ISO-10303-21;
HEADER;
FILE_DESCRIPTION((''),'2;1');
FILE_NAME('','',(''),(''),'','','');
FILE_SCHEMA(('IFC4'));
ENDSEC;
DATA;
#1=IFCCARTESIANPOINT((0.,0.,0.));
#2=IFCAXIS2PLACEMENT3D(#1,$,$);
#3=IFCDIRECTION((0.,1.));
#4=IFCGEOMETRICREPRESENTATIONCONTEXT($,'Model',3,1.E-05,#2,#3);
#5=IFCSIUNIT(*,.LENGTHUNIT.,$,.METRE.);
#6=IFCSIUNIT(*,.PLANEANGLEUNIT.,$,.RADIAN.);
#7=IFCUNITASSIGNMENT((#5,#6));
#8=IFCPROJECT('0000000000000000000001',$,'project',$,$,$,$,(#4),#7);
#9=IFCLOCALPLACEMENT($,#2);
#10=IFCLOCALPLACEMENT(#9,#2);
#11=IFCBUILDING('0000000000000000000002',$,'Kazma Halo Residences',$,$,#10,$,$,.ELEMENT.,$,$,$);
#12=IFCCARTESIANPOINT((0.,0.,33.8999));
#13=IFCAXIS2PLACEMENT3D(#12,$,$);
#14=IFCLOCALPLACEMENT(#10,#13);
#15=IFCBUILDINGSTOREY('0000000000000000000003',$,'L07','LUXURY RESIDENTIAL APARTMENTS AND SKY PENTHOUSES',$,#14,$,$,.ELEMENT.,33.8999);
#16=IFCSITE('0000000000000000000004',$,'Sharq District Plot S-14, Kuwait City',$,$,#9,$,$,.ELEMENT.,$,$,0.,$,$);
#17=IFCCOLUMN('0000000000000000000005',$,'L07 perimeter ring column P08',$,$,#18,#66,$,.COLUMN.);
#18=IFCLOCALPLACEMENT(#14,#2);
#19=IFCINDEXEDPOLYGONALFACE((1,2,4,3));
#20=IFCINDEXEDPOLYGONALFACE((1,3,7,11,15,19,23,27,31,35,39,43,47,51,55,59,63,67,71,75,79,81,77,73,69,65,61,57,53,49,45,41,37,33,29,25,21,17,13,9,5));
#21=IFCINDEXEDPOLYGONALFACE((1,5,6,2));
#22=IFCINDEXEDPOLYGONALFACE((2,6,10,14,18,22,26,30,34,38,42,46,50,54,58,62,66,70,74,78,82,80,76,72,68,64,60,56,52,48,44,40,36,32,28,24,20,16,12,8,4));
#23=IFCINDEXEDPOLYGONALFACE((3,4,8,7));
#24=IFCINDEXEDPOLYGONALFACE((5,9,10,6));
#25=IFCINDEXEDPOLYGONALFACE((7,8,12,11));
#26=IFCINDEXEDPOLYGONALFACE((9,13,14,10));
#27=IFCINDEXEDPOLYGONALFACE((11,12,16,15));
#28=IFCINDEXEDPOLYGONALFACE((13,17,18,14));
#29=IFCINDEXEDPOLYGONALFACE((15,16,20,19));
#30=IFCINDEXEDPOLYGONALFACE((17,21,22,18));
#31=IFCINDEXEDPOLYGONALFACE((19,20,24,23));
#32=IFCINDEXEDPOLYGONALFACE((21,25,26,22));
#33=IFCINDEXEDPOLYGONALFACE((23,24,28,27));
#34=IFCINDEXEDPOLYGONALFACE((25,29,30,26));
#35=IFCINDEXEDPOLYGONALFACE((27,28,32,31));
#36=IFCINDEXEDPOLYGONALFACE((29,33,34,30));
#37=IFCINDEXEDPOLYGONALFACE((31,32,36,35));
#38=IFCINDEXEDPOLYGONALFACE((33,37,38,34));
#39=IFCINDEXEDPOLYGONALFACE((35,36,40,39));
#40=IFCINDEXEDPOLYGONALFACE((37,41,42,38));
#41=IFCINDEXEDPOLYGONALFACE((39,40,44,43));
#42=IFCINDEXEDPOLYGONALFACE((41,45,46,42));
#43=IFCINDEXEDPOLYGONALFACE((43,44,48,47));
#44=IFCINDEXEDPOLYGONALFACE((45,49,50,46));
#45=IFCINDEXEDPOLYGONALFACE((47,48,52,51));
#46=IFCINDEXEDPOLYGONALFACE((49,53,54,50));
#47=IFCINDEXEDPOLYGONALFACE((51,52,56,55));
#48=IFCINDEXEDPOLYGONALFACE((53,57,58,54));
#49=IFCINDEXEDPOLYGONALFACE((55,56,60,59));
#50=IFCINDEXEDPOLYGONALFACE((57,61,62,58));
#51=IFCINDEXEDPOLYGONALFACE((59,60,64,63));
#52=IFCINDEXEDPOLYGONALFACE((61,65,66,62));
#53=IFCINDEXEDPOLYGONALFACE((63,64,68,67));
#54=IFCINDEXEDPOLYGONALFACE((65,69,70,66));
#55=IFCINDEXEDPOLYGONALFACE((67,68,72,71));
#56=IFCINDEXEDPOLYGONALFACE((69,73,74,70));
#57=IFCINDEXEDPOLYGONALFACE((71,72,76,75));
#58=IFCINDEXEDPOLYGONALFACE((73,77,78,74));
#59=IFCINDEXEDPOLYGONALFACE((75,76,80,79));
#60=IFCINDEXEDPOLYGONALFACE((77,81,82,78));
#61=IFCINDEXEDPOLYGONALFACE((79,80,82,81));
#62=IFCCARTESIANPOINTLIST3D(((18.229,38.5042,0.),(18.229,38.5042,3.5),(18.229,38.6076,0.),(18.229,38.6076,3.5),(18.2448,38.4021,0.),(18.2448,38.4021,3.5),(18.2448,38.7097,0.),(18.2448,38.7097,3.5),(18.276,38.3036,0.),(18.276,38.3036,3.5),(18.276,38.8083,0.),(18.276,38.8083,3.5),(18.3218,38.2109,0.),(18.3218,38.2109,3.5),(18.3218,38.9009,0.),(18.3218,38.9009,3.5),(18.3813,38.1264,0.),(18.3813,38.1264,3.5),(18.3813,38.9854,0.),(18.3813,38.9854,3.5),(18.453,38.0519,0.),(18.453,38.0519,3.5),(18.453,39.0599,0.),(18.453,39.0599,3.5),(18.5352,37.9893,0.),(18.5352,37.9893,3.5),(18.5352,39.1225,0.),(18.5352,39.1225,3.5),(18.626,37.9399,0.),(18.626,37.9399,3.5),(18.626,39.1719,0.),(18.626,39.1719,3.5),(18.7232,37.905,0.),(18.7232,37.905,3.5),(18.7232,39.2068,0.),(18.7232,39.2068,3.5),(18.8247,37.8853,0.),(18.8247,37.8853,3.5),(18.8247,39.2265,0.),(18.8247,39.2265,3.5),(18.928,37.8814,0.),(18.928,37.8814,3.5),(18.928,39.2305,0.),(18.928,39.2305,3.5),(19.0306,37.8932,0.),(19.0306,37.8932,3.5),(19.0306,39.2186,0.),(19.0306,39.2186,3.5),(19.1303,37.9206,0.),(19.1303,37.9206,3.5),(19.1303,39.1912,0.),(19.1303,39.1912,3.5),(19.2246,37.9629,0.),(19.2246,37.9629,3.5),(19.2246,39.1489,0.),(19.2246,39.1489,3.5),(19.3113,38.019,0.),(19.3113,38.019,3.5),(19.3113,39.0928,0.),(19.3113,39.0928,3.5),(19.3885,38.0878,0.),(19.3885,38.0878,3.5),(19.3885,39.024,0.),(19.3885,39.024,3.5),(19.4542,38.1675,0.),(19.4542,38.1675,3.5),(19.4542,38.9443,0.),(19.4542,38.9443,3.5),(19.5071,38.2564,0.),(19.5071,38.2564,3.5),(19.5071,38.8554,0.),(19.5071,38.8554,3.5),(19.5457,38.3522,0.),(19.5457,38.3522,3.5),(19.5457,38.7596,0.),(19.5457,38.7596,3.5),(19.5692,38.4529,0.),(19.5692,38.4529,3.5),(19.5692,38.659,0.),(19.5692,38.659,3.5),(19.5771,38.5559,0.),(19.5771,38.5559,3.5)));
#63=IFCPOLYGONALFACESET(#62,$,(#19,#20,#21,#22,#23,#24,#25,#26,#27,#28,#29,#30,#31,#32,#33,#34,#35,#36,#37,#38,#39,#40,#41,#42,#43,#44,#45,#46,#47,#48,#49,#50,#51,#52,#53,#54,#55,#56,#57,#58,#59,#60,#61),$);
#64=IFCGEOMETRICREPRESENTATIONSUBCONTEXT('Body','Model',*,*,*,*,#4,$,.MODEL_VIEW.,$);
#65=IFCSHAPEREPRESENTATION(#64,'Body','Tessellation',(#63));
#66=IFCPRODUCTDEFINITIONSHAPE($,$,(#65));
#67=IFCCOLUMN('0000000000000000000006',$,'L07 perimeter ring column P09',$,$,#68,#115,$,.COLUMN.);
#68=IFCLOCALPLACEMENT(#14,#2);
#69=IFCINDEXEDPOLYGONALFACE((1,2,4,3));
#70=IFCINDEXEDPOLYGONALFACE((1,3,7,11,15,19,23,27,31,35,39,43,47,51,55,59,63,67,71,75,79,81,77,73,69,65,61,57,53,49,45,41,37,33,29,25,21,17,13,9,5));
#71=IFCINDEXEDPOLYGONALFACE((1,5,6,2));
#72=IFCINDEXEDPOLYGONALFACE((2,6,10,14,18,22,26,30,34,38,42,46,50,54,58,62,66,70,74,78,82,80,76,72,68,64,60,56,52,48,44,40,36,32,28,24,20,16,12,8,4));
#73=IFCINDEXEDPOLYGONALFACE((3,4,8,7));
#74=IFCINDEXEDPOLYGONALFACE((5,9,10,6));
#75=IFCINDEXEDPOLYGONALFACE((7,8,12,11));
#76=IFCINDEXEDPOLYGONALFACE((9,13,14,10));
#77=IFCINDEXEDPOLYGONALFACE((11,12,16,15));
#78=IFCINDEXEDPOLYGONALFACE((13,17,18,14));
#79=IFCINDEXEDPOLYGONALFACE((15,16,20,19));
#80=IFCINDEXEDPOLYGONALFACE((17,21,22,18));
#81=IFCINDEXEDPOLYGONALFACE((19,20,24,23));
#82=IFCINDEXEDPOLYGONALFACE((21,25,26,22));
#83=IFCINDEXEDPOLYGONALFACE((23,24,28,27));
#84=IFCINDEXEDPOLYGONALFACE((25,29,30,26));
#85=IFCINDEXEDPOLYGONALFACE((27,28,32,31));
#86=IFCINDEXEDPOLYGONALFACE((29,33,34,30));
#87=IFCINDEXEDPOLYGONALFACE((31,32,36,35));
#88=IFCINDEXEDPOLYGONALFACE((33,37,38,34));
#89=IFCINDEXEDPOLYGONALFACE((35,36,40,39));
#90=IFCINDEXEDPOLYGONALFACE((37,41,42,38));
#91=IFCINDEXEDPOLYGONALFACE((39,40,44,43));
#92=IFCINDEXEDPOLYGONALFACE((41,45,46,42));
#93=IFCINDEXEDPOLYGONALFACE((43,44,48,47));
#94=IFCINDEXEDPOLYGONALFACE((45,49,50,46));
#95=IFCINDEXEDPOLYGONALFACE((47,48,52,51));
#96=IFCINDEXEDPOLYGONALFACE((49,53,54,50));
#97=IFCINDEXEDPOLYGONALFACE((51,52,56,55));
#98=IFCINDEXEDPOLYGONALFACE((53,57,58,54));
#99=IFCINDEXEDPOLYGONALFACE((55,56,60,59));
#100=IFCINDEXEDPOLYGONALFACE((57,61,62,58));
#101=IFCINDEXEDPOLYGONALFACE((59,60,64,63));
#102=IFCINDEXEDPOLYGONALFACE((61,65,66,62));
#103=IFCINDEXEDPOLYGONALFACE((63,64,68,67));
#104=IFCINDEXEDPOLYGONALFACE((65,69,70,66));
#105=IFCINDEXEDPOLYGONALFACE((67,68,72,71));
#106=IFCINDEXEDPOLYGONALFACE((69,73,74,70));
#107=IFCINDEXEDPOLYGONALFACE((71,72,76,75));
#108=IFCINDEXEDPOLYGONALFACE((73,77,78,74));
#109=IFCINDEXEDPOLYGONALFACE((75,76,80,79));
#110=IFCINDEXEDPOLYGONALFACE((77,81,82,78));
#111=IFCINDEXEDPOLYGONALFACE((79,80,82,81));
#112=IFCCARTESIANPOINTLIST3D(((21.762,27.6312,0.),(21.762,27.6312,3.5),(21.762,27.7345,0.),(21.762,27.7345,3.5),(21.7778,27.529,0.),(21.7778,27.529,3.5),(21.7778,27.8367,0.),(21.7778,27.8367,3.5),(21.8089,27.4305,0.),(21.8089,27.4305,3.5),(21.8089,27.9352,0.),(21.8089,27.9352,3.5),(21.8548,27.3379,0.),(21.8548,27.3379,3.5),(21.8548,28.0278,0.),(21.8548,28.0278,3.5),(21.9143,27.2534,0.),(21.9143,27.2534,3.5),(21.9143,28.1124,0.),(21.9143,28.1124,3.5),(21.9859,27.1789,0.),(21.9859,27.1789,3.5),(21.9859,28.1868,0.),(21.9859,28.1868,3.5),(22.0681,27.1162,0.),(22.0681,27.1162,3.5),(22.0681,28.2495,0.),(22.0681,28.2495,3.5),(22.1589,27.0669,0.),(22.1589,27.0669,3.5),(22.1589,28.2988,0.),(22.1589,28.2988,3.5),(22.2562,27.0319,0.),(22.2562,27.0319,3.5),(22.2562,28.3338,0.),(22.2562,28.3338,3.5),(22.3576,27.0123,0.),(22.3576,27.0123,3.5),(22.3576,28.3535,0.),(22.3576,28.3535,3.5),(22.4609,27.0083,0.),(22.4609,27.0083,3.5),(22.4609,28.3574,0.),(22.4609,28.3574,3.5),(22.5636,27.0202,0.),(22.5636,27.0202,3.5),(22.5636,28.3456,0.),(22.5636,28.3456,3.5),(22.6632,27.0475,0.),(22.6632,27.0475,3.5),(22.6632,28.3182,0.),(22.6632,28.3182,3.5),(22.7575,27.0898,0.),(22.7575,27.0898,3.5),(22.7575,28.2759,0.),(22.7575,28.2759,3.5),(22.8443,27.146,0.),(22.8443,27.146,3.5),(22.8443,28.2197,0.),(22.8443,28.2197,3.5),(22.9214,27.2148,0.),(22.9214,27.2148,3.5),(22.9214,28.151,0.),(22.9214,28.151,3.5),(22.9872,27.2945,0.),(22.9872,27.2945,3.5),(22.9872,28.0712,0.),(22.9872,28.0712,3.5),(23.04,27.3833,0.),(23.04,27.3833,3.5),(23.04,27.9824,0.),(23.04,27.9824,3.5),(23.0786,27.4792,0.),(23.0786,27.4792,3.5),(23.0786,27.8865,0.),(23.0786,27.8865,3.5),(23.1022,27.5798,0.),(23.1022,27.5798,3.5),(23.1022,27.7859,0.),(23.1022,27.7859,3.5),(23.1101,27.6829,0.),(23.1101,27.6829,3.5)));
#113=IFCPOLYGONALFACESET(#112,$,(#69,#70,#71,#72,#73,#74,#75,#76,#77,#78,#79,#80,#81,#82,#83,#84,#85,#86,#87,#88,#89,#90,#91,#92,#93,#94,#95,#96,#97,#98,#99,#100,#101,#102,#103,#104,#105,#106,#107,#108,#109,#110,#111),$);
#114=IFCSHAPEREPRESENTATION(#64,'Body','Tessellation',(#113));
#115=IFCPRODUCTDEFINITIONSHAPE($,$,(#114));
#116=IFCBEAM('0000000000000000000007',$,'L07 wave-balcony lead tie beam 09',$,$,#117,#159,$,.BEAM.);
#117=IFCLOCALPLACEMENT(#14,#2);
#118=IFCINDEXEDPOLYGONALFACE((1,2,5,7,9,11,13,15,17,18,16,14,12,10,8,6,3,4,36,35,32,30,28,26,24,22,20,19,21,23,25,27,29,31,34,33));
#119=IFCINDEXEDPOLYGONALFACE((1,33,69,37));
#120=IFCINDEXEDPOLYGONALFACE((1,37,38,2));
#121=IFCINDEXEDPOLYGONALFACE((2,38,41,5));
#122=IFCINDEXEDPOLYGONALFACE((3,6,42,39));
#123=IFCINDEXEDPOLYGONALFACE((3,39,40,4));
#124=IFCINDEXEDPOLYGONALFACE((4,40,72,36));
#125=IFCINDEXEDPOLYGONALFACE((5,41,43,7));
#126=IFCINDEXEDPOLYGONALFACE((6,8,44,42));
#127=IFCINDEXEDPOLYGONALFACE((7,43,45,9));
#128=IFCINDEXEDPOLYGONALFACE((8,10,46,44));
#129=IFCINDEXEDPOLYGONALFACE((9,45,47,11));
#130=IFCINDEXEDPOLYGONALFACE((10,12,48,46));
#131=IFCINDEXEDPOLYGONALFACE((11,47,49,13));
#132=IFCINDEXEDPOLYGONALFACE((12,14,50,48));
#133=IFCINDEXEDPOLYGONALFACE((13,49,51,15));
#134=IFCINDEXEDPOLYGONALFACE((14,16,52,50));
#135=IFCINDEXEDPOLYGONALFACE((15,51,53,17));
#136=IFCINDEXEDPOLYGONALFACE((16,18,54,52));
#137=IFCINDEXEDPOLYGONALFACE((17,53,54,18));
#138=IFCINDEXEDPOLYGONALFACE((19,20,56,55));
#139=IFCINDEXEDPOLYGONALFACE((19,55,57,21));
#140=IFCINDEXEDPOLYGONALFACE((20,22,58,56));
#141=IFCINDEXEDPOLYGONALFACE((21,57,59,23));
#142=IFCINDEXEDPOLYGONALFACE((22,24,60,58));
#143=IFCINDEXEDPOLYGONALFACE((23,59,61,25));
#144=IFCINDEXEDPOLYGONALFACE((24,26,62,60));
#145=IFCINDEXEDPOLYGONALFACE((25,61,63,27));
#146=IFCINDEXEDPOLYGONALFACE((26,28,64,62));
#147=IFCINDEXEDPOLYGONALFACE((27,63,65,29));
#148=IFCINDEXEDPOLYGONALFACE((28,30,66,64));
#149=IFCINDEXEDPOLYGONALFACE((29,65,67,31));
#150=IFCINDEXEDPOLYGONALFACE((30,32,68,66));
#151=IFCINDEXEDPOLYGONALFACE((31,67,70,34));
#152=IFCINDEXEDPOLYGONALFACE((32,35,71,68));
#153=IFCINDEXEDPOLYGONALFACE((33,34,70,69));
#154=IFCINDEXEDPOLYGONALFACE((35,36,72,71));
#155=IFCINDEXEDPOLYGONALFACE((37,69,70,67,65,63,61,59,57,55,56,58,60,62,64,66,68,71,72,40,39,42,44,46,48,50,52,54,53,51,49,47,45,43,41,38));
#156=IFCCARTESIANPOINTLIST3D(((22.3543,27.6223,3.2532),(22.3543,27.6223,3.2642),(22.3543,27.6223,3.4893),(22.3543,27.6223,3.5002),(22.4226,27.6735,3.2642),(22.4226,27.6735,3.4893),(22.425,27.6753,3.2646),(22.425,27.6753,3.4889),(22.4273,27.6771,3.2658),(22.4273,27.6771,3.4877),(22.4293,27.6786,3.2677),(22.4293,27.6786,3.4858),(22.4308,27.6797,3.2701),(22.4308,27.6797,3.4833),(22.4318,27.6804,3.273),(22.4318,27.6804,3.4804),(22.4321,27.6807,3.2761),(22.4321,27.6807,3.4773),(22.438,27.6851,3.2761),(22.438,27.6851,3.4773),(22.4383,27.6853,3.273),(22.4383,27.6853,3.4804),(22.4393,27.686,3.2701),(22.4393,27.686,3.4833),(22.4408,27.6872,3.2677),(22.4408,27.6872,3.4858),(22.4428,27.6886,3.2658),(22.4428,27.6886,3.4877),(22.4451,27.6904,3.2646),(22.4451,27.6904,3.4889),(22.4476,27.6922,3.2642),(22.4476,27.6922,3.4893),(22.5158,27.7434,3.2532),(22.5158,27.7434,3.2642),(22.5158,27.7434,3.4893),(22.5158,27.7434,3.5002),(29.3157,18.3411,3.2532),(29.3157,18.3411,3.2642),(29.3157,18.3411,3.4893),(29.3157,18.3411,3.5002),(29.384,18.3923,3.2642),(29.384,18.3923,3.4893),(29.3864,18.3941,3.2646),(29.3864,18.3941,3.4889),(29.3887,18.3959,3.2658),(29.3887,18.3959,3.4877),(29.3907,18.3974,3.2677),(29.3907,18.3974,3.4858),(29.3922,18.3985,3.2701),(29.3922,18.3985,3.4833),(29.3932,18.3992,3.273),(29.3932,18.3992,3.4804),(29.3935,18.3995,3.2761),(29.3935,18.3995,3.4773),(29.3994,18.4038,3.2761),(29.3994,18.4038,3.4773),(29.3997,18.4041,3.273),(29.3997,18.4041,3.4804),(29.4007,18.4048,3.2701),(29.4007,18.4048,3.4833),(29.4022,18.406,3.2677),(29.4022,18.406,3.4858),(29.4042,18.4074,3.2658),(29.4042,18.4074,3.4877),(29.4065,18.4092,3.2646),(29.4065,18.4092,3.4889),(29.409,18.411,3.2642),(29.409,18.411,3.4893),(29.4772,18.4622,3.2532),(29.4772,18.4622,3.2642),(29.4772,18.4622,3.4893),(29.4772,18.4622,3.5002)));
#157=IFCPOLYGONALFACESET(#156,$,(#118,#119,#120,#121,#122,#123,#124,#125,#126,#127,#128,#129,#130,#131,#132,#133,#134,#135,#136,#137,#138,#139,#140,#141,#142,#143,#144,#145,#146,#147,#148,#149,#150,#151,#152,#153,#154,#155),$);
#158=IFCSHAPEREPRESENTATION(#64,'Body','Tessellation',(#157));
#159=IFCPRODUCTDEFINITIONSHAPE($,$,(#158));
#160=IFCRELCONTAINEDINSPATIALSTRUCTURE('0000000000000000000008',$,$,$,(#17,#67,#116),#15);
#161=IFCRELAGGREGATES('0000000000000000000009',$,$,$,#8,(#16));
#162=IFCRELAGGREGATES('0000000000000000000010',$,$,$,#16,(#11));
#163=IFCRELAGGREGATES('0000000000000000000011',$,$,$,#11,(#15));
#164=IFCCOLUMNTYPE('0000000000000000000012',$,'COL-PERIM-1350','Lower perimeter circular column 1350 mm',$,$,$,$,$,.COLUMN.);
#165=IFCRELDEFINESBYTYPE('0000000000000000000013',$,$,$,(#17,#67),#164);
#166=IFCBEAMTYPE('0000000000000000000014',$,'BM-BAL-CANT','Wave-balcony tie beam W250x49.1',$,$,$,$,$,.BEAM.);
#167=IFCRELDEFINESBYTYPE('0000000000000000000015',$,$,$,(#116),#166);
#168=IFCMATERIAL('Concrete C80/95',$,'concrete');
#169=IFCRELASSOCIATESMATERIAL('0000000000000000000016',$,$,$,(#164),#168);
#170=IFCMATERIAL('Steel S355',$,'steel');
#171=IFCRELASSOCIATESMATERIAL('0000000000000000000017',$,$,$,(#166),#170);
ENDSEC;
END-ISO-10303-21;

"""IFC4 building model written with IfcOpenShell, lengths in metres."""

from ifc_helpers import new_model, si_unit, direction, frame, origin, origin_2d, place, context, subcontext, project, spatial, circle, i_section, extrude, material, material_profile, profile_set, type_object, element, save


model = new_model("IFC4")

# Units and contexts
model_context = context("Model", 3, precision=1e-05, world=origin(), true_north=direction((0.0, 1.0)))
body_context = subcontext(model_context, "Body", "Model", "MODEL_VIEW")
ifc_project = project(units=[si_unit("LENGTHUNIT", "METRE"), si_unit("PLANEANGLEUNIT", "RADIAN")], contexts=[model_context])

# Site, building, storey
site_placement = place(None, origin())
site = spatial("IfcSite", under=ifc_project, at=site_placement, Name="Sharq District Plot S-14, Kuwait City", CompositionType="ELEMENT", RefElevation=0.0)
building_placement = place(site_placement, origin())
building = spatial("IfcBuilding", under=site, at=building_placement, Name="Kazma Halo Residences", CompositionType="ELEMENT")
storey_placement = place(building_placement, frame((0.0, 0.0, 33.8999)))
storey = spatial("IfcBuildingStorey", under=building, at=storey_placement, Name="L07", Description="LUXURY RESIDENTIAL APARTMENTS AND SKY PENTHOUSES", CompositionType="ELEMENT", Elevation=33.8999)

# Columns
ifc_material_1 = material(Name="Concrete C80/95", Category="concrete")
ifc_material_profile_1 = material_profile(ifc_material_1, circle(Radius=0.675, at=origin_2d()), Name="CIRC1350")
ifc_profile_set_1 = profile_set([ifc_material_profile_1], Name="Concrete C80/95")
column_type = type_object("IfcColumnType", Name="COL-PERIM-1350", Description="Lower perimeter circular column 1350 mm", PredefinedType="COLUMN", material=ifc_profile_set_1)
for number, where, z_axis, x_axis, name in (
    (1, (18.9021, 38.5559, 0.0), (0.0, 0.0, 1.0), (1.0, 0.0, 0.0), "L07 perimeter ring column P08"),
    (2, (22.4351, 27.6829, 0.0), (0.0, 0.0, 1.0), (1.0, 0.0, 0.0), "L07 perimeter ring column P09"),
):
    element("IfcColumn", number, at=place(storey_placement, frame(where, z_axis=z_axis, x_axis=x_axis)), inside=storey, type_object=column_type, Name=name, PredefinedType="COLUMN", context=body_context, shape_type="SweptSolid", body=[
        extrude(circle(Radius=0.675, at=origin_2d()), origin(), (0.0, 0.0, 1.0), 3.5),
    ])

# Beam
ifc_material_2 = material(Name="Steel S355", Category="steel")
ifc_material_profile_2 = material_profile(ifc_material_2, i_section(OverallWidth=0.2019, OverallDepth=0.2471, WebThickness=0.0073, FlangeThickness=0.011, FilletRadius=0.012, at=origin_2d()), Name="W250x49.1")
ifc_profile_set_2 = profile_set([ifc_material_profile_2], Name="Steel S355")
beam_type_1 = type_object("IfcBeamType", Name="BM-BAL-CANT", Description="Wave-balcony tie beam W250x49.1", PredefinedType="BEAM", material=ifc_profile_set_2)
beam_1_placement = place(storey_placement, frame((22.4351, 27.6829, 3.3767), z_axis=(0.600027, -0.79998, 0.0), x_axis=(0.79998, 0.600027, 0.0)))
element("IfcBeam", 3, at=beam_1_placement, inside=storey, type_object=beam_type_1, Name="L07 wave-balcony lead tie beam 09", PredefinedType="BEAM", context=body_context, shape_type="SweptSolid", body=[
    extrude(i_section(OverallWidth=0.2019, OverallDepth=0.2471, WebThickness=0.0073, FlangeThickness=0.011, FilletRadius=0.012, at=origin_2d()), origin(), (0.0, 0.0, 1.0), 11.6018),
])

save(model, "model.ifc")
